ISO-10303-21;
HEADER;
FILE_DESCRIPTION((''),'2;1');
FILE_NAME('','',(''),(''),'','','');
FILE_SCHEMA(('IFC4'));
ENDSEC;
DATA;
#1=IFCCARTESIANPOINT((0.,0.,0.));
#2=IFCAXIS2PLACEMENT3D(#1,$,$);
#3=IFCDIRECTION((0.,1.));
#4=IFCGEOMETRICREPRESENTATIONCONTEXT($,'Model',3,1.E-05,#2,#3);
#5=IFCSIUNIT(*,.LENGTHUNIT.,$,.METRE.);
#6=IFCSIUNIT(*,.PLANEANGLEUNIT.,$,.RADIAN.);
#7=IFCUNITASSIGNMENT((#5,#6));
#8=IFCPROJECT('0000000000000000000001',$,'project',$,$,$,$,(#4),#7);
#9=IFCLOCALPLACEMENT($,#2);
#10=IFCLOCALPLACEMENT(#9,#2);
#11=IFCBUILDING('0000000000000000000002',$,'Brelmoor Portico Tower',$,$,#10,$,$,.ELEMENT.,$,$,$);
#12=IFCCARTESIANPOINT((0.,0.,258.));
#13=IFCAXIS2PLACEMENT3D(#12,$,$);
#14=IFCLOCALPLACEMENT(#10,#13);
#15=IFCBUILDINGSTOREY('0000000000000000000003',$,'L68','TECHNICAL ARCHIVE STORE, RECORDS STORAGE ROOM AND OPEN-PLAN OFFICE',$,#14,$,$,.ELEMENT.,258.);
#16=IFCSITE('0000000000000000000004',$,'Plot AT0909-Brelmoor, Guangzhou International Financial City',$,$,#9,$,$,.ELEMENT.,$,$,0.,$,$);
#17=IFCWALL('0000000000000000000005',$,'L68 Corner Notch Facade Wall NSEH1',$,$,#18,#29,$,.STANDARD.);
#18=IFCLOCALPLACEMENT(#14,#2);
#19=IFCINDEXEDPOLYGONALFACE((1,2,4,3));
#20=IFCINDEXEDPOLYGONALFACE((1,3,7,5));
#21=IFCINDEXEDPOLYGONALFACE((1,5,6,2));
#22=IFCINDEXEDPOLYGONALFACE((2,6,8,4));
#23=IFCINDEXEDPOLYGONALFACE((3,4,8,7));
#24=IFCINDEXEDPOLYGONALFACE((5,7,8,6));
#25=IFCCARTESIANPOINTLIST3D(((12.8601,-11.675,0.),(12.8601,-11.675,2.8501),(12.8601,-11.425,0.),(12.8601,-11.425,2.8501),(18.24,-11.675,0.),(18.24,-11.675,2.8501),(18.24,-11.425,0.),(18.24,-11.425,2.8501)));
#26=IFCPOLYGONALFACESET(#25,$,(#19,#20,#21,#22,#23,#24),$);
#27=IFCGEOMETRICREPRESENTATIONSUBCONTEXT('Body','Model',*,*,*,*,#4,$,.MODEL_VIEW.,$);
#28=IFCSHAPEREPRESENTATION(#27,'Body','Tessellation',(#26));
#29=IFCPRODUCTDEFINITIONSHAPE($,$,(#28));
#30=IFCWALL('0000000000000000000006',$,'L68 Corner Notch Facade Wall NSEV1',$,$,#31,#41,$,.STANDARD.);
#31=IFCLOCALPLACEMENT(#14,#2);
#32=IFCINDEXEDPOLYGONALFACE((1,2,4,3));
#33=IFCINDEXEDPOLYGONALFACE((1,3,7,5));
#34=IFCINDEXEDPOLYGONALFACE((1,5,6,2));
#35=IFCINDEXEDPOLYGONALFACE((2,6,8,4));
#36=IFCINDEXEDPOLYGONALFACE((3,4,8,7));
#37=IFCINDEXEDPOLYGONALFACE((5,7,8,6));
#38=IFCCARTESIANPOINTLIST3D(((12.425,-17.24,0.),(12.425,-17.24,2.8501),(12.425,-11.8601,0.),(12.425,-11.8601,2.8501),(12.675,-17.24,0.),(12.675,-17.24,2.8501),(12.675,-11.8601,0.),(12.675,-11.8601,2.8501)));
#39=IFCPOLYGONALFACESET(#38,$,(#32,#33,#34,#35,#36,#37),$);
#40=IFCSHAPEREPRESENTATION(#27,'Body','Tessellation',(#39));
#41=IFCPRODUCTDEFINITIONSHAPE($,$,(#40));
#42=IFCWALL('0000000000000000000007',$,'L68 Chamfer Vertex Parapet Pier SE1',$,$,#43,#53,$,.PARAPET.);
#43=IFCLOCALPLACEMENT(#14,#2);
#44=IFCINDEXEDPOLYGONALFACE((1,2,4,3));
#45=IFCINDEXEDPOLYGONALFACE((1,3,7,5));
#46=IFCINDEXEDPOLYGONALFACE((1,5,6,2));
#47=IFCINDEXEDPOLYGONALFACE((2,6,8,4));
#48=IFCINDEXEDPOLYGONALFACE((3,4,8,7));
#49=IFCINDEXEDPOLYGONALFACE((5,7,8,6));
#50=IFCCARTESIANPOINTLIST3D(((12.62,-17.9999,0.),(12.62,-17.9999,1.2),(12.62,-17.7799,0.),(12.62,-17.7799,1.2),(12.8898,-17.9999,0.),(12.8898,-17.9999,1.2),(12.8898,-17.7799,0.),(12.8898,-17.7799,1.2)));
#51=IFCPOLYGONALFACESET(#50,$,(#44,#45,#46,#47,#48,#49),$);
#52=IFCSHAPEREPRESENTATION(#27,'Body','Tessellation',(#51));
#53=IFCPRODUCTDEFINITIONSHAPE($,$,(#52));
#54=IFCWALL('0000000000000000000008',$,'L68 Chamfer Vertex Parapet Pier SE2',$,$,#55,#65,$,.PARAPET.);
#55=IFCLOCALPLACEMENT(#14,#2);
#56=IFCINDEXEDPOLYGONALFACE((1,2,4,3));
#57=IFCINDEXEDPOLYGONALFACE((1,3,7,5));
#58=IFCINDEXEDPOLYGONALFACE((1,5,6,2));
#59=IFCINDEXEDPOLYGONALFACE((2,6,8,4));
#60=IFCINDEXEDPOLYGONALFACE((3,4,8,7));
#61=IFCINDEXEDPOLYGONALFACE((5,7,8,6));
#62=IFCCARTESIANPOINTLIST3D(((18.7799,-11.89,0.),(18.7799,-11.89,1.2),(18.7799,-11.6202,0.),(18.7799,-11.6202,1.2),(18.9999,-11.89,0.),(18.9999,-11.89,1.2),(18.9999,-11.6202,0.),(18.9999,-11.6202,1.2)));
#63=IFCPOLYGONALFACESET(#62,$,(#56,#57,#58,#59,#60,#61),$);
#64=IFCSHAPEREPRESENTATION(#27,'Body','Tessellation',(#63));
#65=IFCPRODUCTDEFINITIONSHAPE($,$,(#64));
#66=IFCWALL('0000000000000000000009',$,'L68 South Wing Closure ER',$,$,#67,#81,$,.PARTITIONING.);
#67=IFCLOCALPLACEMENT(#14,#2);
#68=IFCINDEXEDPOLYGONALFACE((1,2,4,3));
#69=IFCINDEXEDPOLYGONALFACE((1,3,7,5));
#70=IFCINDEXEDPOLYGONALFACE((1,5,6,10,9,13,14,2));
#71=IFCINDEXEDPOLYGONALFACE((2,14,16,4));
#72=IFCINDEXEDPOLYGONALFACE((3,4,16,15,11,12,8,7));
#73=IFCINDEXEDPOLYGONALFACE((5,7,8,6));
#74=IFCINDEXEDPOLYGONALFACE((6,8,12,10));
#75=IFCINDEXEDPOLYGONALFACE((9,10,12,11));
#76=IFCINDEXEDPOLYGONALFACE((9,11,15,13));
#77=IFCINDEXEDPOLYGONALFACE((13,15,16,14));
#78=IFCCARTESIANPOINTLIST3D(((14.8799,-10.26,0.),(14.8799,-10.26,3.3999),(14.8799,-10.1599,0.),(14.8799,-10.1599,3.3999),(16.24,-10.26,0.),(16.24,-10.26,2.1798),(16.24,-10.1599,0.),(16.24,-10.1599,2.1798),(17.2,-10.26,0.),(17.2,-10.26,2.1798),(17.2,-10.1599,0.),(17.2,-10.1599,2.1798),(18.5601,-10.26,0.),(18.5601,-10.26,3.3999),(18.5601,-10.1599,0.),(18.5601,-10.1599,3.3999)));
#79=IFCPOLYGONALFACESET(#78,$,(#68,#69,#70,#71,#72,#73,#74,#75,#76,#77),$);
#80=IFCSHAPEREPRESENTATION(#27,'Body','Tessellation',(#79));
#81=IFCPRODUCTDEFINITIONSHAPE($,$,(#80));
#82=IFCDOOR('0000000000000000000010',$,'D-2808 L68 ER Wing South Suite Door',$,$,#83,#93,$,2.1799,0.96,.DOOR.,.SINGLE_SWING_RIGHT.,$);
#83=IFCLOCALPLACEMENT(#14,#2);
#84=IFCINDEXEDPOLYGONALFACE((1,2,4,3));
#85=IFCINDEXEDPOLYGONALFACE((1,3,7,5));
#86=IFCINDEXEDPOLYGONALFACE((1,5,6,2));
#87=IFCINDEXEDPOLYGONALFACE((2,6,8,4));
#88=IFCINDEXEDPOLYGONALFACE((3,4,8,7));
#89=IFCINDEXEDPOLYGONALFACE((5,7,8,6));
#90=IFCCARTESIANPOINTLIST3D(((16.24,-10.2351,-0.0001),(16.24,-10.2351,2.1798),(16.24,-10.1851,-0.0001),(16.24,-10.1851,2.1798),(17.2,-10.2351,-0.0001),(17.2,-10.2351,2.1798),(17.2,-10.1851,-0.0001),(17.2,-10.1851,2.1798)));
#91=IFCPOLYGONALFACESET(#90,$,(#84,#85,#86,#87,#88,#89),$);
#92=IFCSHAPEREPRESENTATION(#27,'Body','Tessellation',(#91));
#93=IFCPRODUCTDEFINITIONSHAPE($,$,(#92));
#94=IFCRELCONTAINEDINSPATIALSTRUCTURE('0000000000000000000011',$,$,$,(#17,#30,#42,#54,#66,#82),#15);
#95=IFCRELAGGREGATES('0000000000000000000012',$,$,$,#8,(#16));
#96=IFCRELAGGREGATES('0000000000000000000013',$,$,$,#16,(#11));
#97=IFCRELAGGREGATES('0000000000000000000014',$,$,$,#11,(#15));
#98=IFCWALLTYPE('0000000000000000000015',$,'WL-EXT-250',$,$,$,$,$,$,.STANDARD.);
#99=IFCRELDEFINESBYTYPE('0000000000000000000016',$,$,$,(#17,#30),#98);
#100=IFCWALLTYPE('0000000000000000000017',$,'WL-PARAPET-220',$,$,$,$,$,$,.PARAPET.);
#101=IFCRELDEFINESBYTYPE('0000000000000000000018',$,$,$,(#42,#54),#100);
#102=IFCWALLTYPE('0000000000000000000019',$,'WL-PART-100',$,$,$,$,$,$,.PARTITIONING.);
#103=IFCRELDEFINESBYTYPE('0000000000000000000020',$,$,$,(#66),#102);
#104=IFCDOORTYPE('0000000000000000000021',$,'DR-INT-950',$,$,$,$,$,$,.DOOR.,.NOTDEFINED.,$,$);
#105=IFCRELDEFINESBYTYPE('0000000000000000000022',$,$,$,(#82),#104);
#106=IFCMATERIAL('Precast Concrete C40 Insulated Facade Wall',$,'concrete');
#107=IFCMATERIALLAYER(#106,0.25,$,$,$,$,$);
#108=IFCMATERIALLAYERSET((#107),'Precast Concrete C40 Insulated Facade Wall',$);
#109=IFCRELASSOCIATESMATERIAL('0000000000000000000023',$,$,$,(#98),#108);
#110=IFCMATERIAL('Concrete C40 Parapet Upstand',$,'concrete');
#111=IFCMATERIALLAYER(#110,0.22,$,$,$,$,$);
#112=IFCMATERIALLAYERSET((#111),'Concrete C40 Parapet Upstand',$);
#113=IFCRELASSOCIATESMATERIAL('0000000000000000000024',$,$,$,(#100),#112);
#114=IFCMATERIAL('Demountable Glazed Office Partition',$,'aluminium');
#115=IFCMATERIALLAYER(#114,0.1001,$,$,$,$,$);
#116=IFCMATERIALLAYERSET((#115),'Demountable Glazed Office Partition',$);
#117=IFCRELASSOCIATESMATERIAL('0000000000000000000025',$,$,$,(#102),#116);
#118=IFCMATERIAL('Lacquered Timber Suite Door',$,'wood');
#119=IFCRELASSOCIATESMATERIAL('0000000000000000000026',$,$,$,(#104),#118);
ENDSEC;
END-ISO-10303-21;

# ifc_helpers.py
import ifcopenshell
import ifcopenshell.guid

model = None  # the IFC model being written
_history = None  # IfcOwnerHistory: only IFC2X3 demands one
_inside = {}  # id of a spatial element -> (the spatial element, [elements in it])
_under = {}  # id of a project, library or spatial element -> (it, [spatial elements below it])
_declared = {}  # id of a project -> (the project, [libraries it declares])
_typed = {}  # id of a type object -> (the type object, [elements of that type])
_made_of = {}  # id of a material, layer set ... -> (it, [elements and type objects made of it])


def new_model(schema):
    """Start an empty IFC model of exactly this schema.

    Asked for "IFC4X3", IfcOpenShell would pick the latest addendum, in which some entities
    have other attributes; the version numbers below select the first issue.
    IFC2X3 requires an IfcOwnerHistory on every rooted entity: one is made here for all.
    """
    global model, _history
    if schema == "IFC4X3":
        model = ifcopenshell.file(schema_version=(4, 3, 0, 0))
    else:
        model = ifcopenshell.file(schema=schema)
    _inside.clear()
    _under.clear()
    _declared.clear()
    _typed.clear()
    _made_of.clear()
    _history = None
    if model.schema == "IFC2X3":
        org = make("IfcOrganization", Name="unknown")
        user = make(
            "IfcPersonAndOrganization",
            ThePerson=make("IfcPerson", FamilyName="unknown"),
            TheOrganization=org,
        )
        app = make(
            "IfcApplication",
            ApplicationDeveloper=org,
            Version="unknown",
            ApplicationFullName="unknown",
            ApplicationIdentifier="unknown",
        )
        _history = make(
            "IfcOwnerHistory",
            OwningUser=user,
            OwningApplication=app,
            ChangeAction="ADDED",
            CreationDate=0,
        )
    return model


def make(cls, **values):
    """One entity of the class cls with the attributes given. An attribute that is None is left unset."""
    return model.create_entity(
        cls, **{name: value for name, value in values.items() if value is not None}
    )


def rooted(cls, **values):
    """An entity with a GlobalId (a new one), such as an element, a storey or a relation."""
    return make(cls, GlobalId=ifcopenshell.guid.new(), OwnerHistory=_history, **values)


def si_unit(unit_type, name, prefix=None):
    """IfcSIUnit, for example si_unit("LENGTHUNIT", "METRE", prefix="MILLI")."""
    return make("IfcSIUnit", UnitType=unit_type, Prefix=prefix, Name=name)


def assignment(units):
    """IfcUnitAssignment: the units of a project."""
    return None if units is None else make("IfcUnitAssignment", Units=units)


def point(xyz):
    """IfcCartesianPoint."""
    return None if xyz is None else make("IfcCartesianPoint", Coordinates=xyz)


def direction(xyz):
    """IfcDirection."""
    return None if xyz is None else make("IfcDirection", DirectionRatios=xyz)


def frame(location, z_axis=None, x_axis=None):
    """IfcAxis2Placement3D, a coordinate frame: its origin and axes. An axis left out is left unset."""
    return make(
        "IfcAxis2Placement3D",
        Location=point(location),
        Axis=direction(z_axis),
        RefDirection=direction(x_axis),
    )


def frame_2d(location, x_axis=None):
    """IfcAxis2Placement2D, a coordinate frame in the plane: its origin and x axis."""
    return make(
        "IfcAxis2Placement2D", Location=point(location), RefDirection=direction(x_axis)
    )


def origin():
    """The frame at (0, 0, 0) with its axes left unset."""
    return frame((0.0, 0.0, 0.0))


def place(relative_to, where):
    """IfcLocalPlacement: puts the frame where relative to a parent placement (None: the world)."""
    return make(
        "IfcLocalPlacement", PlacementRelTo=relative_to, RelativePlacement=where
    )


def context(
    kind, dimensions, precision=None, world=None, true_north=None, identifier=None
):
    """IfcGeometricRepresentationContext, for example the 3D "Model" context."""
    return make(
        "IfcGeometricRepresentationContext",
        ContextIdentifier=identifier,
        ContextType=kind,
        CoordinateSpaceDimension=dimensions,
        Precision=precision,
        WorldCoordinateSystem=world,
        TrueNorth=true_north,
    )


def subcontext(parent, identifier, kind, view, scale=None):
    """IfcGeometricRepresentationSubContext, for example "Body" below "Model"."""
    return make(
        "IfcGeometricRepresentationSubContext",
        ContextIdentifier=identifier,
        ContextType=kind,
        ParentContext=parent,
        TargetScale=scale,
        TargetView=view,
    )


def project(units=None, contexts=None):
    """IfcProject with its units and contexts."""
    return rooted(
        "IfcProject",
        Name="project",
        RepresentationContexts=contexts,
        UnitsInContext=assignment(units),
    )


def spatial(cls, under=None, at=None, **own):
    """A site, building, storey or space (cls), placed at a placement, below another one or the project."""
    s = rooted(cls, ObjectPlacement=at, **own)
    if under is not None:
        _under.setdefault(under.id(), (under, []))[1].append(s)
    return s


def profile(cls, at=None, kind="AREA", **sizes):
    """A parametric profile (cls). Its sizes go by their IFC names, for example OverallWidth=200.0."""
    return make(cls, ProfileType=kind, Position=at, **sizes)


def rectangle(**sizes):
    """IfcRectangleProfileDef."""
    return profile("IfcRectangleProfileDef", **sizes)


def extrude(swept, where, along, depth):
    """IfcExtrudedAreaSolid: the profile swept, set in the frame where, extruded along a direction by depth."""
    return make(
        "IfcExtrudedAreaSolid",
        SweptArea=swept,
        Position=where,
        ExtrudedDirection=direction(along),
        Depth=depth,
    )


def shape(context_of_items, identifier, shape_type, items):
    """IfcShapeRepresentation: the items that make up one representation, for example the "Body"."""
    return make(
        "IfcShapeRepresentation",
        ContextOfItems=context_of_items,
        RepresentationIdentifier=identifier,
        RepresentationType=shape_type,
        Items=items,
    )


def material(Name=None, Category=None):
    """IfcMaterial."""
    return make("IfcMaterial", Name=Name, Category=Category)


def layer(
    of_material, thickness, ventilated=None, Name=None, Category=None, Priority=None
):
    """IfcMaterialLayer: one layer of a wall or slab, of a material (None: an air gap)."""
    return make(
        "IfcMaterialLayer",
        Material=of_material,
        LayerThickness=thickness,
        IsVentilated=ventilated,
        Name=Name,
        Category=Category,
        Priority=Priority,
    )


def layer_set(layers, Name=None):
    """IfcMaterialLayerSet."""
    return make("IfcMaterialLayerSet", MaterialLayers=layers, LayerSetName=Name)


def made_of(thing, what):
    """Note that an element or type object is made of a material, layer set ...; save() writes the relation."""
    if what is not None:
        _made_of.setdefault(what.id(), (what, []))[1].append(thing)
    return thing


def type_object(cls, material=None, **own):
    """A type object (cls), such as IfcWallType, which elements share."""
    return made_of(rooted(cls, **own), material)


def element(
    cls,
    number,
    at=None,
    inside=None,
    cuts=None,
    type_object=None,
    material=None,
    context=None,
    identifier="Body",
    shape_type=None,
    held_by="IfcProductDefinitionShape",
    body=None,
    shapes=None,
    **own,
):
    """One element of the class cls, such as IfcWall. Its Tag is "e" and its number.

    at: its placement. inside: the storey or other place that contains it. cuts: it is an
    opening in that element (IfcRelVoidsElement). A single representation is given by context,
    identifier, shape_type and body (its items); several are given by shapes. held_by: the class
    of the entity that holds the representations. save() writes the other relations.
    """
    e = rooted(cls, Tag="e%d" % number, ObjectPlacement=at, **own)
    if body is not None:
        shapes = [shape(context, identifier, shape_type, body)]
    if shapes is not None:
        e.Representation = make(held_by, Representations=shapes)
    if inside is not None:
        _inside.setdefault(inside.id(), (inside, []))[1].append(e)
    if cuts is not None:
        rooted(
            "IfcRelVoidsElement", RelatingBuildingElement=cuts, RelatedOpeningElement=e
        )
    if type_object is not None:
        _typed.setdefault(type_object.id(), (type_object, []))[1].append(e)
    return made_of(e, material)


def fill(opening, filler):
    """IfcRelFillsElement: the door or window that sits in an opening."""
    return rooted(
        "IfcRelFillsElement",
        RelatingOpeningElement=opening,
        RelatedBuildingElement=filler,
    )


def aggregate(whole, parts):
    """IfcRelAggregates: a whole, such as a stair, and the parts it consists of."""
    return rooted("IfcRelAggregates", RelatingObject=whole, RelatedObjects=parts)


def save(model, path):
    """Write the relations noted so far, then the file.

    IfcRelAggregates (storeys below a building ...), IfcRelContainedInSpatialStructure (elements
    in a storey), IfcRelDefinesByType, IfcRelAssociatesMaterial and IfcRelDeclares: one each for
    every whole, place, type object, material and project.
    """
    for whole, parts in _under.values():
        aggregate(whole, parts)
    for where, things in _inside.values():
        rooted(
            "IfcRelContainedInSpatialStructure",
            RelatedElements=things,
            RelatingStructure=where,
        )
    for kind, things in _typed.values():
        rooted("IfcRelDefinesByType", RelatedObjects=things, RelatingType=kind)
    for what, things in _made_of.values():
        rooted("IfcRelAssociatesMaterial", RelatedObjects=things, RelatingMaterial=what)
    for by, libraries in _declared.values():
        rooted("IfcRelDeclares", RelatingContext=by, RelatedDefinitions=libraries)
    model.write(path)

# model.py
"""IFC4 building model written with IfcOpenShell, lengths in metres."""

from ifc_helpers import new_model, si_unit, direction, frame, frame_2d, origin, place, context, subcontext, project, spatial, rectangle, extrude, material, layer, layer_set, type_object, element, fill, save


model = new_model("IFC4")

# Units and contexts
model_context = context("Model", 3, precision=1e-05, world=origin(), true_north=direction((0.0, 1.0)))
body_context = subcontext(model_context, "Body", "Model", "MODEL_VIEW")
ifc_project = project(units=[si_unit("LENGTHUNIT", "METRE"), si_unit("PLANEANGLEUNIT", "RADIAN")], contexts=[model_context])

# Site, building, storey
site_placement = place(None, origin())
site = spatial("IfcSite", under=ifc_project, at=site_placement, Name="Plot AT0909-Brelmoor, Guangzhou International Financial City", CompositionType="ELEMENT", RefElevation=0.0)
building_placement = place(site_placement, origin())
building = spatial("IfcBuilding", under=site, at=building_placement, Name="Brelmoor Portico Tower", CompositionType="ELEMENT")
storey_placement = place(building_placement, frame((0.0, 0.0, 258.0)))
storey = spatial("IfcBuildingStorey", under=building, at=storey_placement, Name="L68", Description="TECHNICAL ARCHIVE STORE, RECORDS STORAGE ROOM AND OPEN-PLAN OFFICE", CompositionType="ELEMENT", Elevation=258.0)

# Walls
ifc_material_1 = material(Name="Precast Concrete C40 Insulated Facade Wall", Category="concrete")
ifc_layer_1 = layer(ifc_material_1, 0.25)
ifc_layer_set_1 = layer_set([ifc_layer_1], Name="Precast Concrete C40 Insulated Facade Wall")
wall_type_1 = type_object("IfcWallType", Name="WL-EXT-250", PredefinedType="STANDARD", material=ifc_layer_set_1)
for number, where, z_axis, x_axis, name in (
    (1, (12.8601, -11.55, 0.0), (0.0, 0.0, 1.0), (1.0, 0.0, 0.0), "L68 Corner Notch Facade Wall NSEH1"),
    (2, (12.55, -17.24, 0.0), (0.0, 0.0, 1.0), (0.0, 1.0, 0.0), "L68 Corner Notch Facade Wall NSEV1"),
):
    element("IfcWall", number, at=place(storey_placement, frame(where, z_axis=z_axis, x_axis=x_axis)), inside=storey, type_object=wall_type_1, Name=name, PredefinedType="STANDARD", context=body_context, shape_type="SweptSolid", body=[
        extrude(rectangle(XDim=5.3799, YDim=0.25, at=frame_2d((2.6899, 0.0))), origin(), (0.0, 0.0, 1.0), 2.8501),
    ])
ifc_material_2 = material(Name="Concrete C40 Parapet Upstand", Category="concrete")
ifc_layer_2 = layer(ifc_material_2, 0.22)
ifc_layer_set_2 = layer_set([ifc_layer_2], Name="Concrete C40 Parapet Upstand")
wall_type_2 = type_object("IfcWallType", Name="WL-PARAPET-220", PredefinedType="PARAPET", material=ifc_layer_set_2)
for number, where, z_axis, x_axis, name in (
    (3, (12.6201, -17.8899, 0.0), (0.0, 0.0, 1.0), (1.0, 0.0, 0.0), "L68 Chamfer Vertex Parapet Pier SE1"),
    (4, (18.8899, -11.8899, 0.0), (0.0, 0.0, 1.0), (0.0, 1.0, 0.0), "L68 Chamfer Vertex Parapet Pier SE2"),
):
    element("IfcWall", number, at=place(storey_placement, frame(where, z_axis=z_axis, x_axis=x_axis)), inside=storey, type_object=wall_type_2, Name=name, PredefinedType="PARAPET", context=body_context, shape_type="SweptSolid", body=[
        extrude(rectangle(XDim=0.2698, YDim=0.22, at=frame_2d((0.1348, 0.0))), origin(), (0.0, 0.0, 1.0), 1.2),
    ])

# Wall, opening, door
ifc_material_3 = material(Name="Demountable Glazed Office Partition", Category="aluminium")
ifc_layer_3 = layer(ifc_material_3, 0.1001)
ifc_layer_set_3 = layer_set([ifc_layer_3], Name="Demountable Glazed Office Partition")
wall_type_3 = type_object("IfcWallType", Name="WL-PART-100", PredefinedType="PARTITIONING", material=ifc_layer_set_3)
wall_placement = place(storey_placement, frame((14.8799, -10.21, 0.0), z_axis=(0.0, 0.0, 1.0), x_axis=(1.0, 0.0, 0.0)))
wall = element("IfcWall", 5, at=wall_placement, inside=storey, type_object=wall_type_3, Name="L68 South Wing Closure ER", PredefinedType="PARTITIONING", context=body_context, shape_type="SweptSolid", body=[
    extrude(rectangle(XDim=3.6802, YDim=0.1001, at=frame_2d((1.8401, 0.0))), origin(), (0.0, 0.0, 1.0), 3.3999),
])
opening_placement = place(wall_placement, frame((1.3601, 0.0, 0.0)))
opening = element("IfcOpeningElement", 6, at=opening_placement, cuts=wall, PredefinedType="OPENING", context=body_context, shape_type="SweptSolid", body=[
    extrude(rectangle(XDim=0.96, YDim=2.1799, at=frame_2d((0.48, 1.0898))), frame((0.0, 0.0601, 0.0), z_axis=(0.0, -1.0, 0.0), x_axis=(1.0, 0.0, 0.0)), (0.0, 0.0, 1.0), 0.1201),
])
ifc_material_4 = material(Name="Lacquered Timber Suite Door", Category="wood")
door_type = type_object("IfcDoorType", Name="DR-INT-950", OperationType="NOTDEFINED", PredefinedType="DOOR", material=ifc_material_4)
door_placement = place(opening_placement, origin())
door = element("IfcDoor", 7, at=door_placement, inside=storey, type_object=door_type, Name="D-2808 L68 ER Wing South Suite Door", OperationType="SINGLE_SWING_RIGHT", OverallHeight=2.1799, OverallWidth=0.96, PredefinedType="DOOR", context=body_context, shape_type="SweptSolid", body=[
    extrude(rectangle(XDim=0.96, YDim=2.1799, at=frame_2d((0.48, 1.0898))), frame((0.0, 0.0249, 0.0), z_axis=(0.0, -1.0, 0.0), x_axis=(1.0, 0.0, 0.0)), (0.0, 0.0, 1.0), 0.05),
])
fill(opening, door)

save(model, "model.ifc")
